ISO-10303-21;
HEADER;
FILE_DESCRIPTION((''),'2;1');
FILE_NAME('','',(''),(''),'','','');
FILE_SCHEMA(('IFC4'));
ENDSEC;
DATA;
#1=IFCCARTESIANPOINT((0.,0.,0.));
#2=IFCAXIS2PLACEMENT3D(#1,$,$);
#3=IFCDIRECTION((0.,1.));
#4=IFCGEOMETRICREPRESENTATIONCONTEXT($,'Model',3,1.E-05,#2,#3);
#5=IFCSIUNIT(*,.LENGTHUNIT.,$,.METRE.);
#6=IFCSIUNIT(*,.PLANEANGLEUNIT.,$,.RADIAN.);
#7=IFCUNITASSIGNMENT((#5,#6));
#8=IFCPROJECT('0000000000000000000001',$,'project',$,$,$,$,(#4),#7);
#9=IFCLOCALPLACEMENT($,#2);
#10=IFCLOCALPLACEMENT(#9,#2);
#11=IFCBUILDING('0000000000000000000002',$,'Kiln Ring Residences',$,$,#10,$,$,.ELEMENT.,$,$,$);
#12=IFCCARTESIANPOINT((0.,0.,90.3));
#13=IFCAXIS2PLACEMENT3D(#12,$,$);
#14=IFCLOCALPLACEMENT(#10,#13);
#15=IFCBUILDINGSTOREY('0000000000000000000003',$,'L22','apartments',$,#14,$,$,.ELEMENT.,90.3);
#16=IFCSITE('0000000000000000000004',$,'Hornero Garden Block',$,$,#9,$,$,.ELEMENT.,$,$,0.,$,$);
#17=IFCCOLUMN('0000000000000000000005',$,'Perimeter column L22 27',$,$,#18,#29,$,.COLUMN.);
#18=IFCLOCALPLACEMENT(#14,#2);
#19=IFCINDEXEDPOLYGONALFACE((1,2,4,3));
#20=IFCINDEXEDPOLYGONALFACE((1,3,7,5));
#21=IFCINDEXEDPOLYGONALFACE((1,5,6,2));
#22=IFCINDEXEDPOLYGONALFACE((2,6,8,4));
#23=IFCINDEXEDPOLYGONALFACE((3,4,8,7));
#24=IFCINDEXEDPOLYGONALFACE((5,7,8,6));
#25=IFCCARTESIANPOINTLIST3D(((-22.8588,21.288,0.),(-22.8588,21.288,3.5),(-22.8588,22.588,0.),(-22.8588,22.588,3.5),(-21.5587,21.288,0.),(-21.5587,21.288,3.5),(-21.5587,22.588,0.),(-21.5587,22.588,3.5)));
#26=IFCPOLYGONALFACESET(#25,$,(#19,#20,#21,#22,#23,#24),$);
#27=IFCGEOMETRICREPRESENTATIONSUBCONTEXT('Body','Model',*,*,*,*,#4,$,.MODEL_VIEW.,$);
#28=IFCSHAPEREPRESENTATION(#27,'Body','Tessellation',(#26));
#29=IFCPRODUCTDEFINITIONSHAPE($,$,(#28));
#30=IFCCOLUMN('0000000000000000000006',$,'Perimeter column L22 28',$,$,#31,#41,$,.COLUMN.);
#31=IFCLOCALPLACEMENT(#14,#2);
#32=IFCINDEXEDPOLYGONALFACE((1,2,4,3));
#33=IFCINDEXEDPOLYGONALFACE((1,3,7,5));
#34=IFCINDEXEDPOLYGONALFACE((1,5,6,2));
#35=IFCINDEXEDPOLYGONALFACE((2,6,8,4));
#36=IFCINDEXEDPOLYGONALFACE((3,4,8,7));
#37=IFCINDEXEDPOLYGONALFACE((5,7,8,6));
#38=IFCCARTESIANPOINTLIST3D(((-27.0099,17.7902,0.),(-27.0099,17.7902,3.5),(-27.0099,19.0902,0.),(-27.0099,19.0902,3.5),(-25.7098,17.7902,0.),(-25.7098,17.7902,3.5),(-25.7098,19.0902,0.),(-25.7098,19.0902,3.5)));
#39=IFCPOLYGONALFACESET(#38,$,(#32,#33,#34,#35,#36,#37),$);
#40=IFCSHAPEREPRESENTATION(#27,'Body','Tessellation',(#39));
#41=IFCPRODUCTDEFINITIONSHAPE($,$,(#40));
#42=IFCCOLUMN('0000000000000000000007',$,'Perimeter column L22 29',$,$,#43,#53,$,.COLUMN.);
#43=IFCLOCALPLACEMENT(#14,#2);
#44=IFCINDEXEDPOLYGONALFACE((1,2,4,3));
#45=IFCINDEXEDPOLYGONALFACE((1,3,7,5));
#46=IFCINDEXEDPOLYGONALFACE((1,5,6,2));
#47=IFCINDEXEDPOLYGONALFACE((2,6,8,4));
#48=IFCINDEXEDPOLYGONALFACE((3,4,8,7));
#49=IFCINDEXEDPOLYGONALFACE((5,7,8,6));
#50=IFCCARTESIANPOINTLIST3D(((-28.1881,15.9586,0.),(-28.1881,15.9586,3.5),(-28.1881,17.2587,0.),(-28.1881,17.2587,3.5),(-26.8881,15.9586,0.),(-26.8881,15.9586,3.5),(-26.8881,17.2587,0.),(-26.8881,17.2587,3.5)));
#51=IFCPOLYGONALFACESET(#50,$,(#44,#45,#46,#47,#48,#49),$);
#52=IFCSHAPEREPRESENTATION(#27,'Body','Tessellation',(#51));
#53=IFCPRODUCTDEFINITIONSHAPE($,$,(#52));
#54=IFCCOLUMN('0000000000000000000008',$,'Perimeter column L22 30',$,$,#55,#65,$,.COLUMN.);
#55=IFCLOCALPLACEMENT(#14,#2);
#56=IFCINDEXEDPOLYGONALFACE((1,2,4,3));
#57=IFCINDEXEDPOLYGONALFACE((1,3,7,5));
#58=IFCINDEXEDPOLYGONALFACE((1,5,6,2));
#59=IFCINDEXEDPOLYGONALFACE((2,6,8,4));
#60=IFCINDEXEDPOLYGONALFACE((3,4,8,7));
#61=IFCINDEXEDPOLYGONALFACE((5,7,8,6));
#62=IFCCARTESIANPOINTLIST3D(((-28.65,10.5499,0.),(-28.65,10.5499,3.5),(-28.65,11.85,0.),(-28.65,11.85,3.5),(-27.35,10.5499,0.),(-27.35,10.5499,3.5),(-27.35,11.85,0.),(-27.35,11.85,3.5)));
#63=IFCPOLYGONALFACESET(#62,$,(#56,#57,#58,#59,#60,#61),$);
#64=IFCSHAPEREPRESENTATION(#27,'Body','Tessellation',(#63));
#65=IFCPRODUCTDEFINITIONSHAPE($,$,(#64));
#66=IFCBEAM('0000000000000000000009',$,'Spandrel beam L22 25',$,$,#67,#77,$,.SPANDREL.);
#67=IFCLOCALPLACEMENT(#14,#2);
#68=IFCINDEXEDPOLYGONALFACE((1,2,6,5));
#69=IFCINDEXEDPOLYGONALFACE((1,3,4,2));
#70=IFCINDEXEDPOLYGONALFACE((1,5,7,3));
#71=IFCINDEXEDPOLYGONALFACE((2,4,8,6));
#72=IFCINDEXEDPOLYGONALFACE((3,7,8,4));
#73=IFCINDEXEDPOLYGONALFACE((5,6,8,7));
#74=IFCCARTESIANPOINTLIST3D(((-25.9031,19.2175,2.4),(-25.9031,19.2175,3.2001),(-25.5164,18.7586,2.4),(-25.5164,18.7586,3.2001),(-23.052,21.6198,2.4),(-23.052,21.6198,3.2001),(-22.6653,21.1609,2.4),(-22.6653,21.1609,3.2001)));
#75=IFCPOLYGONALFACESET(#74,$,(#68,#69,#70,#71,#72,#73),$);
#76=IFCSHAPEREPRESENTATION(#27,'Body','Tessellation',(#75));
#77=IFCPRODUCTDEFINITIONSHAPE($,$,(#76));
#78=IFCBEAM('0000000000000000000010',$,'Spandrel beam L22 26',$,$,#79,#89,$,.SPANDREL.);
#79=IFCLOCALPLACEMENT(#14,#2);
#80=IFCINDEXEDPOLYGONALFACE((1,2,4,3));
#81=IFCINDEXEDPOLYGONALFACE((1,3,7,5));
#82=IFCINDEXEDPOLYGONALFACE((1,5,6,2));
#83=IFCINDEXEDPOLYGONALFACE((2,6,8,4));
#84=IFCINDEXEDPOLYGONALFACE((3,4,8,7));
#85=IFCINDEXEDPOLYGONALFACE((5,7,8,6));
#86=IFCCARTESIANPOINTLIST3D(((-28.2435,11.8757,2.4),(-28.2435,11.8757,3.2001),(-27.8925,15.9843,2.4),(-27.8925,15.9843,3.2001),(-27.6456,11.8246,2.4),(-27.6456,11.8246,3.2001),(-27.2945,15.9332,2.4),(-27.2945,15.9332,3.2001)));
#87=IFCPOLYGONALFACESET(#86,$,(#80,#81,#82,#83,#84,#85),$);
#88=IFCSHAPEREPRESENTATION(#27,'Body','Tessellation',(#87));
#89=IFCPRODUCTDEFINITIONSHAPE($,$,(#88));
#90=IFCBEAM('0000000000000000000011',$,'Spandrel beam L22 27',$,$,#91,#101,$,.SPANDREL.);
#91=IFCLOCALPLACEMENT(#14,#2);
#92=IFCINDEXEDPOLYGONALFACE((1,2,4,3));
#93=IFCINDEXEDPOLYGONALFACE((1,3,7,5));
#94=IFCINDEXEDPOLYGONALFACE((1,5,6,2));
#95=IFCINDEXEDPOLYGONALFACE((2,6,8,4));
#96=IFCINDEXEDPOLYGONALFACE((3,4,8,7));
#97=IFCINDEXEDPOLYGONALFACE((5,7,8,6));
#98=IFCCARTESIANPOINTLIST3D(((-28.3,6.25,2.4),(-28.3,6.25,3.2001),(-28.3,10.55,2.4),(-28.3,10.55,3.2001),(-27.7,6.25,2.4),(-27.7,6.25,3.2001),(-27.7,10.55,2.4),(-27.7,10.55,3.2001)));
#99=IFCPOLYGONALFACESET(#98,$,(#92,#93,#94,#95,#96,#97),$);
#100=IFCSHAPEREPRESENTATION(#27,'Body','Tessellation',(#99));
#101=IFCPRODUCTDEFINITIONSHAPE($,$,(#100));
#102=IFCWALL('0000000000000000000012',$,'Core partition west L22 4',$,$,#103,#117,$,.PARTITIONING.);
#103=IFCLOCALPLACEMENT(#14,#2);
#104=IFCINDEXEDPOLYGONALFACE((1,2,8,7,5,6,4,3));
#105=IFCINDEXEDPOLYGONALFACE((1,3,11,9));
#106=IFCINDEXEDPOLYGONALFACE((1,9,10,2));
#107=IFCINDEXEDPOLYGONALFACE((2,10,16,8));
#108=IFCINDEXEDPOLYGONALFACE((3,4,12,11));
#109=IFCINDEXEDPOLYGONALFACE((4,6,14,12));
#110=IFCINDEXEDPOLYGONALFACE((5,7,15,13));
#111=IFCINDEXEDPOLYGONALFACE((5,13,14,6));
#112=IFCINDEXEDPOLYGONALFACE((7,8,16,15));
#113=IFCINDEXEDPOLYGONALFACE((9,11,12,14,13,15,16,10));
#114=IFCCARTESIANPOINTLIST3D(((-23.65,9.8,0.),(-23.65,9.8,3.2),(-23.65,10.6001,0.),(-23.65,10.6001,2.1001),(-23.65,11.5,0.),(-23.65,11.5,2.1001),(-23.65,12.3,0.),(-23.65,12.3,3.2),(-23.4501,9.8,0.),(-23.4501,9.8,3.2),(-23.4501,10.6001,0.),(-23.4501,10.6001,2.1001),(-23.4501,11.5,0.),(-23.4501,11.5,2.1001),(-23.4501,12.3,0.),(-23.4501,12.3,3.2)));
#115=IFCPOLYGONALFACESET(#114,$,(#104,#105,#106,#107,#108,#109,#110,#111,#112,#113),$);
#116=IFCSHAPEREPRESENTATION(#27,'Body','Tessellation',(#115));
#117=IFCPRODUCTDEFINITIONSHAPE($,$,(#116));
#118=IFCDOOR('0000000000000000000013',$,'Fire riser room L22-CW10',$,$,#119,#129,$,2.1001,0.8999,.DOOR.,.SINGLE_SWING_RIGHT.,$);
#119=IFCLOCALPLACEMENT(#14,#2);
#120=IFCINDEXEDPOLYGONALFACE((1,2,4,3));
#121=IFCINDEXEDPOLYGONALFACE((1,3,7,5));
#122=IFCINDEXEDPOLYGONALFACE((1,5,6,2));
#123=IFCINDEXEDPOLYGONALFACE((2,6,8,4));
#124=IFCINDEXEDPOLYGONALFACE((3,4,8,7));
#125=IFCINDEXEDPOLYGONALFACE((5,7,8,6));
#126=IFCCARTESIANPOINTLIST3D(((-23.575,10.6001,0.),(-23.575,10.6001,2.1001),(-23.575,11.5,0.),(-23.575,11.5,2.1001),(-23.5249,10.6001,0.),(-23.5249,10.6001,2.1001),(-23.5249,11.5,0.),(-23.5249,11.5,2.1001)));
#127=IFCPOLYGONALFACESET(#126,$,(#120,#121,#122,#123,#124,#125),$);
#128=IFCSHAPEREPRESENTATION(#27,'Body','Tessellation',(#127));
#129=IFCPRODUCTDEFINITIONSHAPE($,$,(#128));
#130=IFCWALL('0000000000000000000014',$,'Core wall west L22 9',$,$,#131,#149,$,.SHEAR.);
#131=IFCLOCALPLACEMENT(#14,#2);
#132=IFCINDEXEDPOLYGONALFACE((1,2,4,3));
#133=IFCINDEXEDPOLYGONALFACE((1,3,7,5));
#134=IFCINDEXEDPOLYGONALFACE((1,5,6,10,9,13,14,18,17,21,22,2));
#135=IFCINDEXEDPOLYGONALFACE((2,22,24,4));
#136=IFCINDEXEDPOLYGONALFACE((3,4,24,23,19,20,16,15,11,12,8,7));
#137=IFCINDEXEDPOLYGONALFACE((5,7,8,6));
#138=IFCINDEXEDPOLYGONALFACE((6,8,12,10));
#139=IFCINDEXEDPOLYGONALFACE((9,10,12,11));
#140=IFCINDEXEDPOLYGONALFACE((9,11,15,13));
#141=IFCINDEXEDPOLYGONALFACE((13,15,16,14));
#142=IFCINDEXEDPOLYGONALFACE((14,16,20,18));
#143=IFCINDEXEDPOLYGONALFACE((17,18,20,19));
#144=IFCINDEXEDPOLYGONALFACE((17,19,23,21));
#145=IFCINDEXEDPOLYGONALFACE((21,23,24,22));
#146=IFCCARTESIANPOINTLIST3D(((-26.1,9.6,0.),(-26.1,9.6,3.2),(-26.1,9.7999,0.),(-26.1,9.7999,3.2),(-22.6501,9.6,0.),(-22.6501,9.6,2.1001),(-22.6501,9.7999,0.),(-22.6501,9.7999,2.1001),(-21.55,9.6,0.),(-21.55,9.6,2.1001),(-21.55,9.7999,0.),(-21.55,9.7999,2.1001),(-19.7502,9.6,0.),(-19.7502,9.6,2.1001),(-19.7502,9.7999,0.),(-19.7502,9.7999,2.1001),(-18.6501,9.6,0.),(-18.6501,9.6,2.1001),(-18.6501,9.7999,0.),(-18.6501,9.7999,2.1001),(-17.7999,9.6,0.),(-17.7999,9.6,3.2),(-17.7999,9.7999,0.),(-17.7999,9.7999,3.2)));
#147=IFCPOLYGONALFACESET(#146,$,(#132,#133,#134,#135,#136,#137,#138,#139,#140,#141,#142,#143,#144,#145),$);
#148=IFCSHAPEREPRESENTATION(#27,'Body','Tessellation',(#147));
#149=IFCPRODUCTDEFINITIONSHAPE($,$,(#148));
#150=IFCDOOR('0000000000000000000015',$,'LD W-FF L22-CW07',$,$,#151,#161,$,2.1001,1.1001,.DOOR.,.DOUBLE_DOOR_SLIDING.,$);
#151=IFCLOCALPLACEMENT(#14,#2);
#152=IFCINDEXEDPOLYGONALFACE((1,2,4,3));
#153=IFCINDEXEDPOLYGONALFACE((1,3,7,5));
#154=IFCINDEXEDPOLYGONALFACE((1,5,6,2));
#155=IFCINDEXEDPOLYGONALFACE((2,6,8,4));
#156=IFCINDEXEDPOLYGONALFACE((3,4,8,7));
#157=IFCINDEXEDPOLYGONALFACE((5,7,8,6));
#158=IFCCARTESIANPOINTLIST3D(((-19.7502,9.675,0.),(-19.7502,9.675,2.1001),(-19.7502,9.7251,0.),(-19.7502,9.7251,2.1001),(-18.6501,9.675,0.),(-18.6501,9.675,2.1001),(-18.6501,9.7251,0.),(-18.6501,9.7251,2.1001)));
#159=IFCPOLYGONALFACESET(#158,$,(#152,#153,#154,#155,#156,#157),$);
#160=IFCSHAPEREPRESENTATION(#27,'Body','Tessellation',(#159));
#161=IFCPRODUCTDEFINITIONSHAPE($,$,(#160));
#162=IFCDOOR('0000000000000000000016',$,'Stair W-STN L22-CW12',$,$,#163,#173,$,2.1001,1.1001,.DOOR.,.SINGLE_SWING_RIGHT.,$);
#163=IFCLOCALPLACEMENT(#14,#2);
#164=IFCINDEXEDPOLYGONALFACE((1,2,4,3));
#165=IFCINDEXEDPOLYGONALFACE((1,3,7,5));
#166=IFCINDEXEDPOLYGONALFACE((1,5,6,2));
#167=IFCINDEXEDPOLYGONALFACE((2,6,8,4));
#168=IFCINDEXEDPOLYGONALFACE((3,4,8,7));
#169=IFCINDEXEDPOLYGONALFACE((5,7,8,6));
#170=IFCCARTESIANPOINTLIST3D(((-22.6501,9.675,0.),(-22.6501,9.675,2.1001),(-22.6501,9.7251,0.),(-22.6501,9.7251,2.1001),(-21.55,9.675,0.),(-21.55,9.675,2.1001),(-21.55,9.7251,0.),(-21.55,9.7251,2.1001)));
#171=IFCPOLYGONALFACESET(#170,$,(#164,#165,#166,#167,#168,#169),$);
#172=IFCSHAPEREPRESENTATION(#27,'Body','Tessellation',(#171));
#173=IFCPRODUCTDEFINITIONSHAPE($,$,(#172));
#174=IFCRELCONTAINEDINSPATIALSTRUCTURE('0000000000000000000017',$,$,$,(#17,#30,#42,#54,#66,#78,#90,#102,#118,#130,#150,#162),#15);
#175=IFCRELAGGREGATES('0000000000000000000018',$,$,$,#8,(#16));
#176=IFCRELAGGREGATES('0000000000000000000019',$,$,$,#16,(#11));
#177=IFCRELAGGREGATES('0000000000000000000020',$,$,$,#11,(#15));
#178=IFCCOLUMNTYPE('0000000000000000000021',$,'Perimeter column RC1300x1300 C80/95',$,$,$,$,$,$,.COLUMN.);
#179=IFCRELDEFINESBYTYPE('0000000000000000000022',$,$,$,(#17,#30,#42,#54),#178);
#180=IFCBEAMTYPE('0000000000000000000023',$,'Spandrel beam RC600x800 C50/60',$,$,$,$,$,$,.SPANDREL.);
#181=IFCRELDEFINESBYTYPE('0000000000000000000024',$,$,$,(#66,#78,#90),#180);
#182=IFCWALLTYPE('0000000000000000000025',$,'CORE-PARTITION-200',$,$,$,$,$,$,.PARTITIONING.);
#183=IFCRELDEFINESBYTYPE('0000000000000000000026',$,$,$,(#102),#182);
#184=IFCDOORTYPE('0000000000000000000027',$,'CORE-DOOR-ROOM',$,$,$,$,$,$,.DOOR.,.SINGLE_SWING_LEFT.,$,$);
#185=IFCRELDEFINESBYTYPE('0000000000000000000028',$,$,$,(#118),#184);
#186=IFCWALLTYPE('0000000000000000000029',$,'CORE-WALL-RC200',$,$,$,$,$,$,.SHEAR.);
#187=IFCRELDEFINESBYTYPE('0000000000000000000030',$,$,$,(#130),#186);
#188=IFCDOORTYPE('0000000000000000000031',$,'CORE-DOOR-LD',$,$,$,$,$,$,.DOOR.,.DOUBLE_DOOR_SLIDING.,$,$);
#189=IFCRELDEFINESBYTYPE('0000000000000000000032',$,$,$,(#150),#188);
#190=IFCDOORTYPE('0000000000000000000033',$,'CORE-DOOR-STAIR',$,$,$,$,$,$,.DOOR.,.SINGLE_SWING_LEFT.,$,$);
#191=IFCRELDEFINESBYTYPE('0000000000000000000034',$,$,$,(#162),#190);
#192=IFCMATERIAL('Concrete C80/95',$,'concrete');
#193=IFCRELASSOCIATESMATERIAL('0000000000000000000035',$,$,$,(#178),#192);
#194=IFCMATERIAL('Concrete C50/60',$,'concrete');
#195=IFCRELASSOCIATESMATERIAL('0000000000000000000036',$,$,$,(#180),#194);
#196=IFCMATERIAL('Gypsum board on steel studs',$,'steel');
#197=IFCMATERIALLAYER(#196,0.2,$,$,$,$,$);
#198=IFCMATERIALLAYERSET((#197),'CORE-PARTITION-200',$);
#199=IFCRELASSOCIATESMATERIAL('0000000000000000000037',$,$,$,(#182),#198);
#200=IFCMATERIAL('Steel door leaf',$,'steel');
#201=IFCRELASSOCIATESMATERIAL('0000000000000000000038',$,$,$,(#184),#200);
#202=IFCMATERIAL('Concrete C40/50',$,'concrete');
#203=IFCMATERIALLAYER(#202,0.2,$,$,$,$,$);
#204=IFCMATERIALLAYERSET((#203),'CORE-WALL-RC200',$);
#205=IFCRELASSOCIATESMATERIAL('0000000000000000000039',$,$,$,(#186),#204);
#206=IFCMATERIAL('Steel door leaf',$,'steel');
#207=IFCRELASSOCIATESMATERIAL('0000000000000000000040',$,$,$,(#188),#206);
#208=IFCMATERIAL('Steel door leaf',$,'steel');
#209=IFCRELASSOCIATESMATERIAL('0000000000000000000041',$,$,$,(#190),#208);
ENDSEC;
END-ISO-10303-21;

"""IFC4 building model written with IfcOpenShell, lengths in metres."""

from ifc_helpers import new_model, si_unit, direction, frame, frame_2d, origin, origin_2d, place, context, subcontext, project, spatial, rectangle, extrude, material, layer, layer_set, material_profile, profile_set, type_object, element, fill, save


model = new_model("IFC4")

# Units and contexts
model_context = context("Model", 3, precision=1e-05, world=origin(), true_north=direction((0.0, 1.0)))
body_context = subcontext(model_context, "Body", "Model", "MODEL_VIEW")
ifc_project = project(units=[si_unit("LENGTHUNIT", "METRE"), si_unit("PLANEANGLEUNIT", "RADIAN")], contexts=[model_context])

# Site, building, storey
site_placement = place(None, origin())
site = spatial("IfcSite", under=ifc_project, at=site_placement, Name="Hornero Garden Block", CompositionType="ELEMENT", RefElevation=0.0)
building_placement = place(site_placement, origin())
building = spatial("IfcBuilding", under=site, at=building_placement, Name="Kiln Ring Residences", CompositionType="ELEMENT")
storey_placement = place(building_placement, frame((0.0, 0.0, 90.3)))
storey = spatial("IfcBuildingStorey", under=building, at=storey_placement, Name="L22", Description="apartments", CompositionType="ELEMENT", Elevation=90.3)

# Columns
ifc_material_1 = material(Name="Concrete C80/95", Category="concrete")
ifc_material_profile_1 = material_profile(ifc_material_1, rectangle(XDim=1.3, YDim=1.3, at=origin_2d()), Name="RC1300x1300")
ifc_profile_set_1 = profile_set([ifc_material_profile_1], Name="Concrete C80/95")
column_type = type_object("IfcColumnType", Name="Perimeter column RC1300x1300 C80/95", PredefinedType="COLUMN", material=ifc_profile_set_1)
for number, where, z_axis, x_axis, name in (
    (1, (-22.2087, 21.938, 0.0), (0.0, 0.0, 1.0), (1.0, 0.0, 0.0), "Perimeter column L22 27"),
    (2, (-26.3599, 18.4402, 0.0), (0.0, 0.0, 1.0), (1.0, 0.0, 0.0), "Perimeter column L22 28"),
    (3, (-27.5381, 16.6086, 0.0), (0.0, 0.0, 1.0), (1.0, 0.0, 0.0), "Perimeter column L22 29"),
    (4, (-28.0, 11.2, 0.0), (0.0, 0.0, 1.0), (1.0, 0.0, 0.0), "Perimeter column L22 30"),
):
    element("IfcColumn", number, at=place(storey_placement, frame(where, z_axis=z_axis, x_axis=x_axis)), inside=storey, type_object=column_type, Name=name, PredefinedType="COLUMN", context=body_context, shape_type="SweptSolid", body=[
        extrude(rectangle(XDim=1.3, YDim=1.3, at=origin_2d()), origin(), (0.0, 0.0, 1.0), 3.5),
    ])

# Beams
ifc_material_2 = material(Name="Concrete C50/60", Category="concrete")
ifc_material_profile_2 = material_profile(ifc_material_2, rectangle(XDim=0.6001, YDim=0.8, at=origin_2d()), Name="RC600x800")
ifc_profile_set_2 = profile_set([ifc_material_profile_2], Name="Concrete C50/60")
beam_type = type_object("IfcBeamType", Name="Spandrel beam RC600x800 C50/60", PredefinedType="SPANDREL", material=ifc_profile_set_2)
beam_1_placement = place(storey_placement, frame((-22.8586, 21.3904, 2.8), z_axis=(-0.764721, -0.644362, 0.0), x_axis=(0.644362, -0.764721, 0.0)))
element("IfcBeam", 5, at=beam_1_placement, inside=storey, type_object=beam_type, Name="Spandrel beam L22 25", PredefinedType="SPANDREL", context=body_context, shape_type="SweptSolid", body=[
    extrude(rectangle(XDim=0.6001, YDim=0.8, at=origin_2d()), origin(), (0.0, 0.0, 1.0), 3.7283),
])
beam_2_placement = place(storey_placement, frame((-27.5935, 15.9587, 2.8), z_axis=(-0.085137, -0.996369, 0.0), x_axis=(0.996369, -0.085137, 0.0)))
element("IfcBeam", 6, at=beam_2_placement, inside=storey, type_object=beam_type, Name="Spandrel beam L22 26", PredefinedType="SPANDREL", context=body_context, shape_type="SweptSolid", body=[
    extrude(rectangle(XDim=0.6001, YDim=0.8, at=origin_2d()), origin(), (0.0, 0.0, 1.0), 4.1235),
])
beam_3_placement = place(storey_placement, frame((-28.0, 10.55, 2.8), z_axis=(0.0, -1.0, 0.0), x_axis=(1.0, 0.0, 0.0)))
element("IfcBeam", 7, at=beam_3_placement, inside=storey, type_object=beam_type, Name="Spandrel beam L22 27", PredefinedType="SPANDREL", context=body_context, shape_type="SweptSolid", body=[
    extrude(rectangle(XDim=0.6001, YDim=0.8, at=origin_2d()), origin(), (0.0, 0.0, 1.0), 4.3),
])

# Wall, opening, door
ifc_material_3 = material(Name="Gypsum board on steel studs", Category="steel")
ifc_layer_1 = layer(ifc_material_3, 0.2)
ifc_layer_set_1 = layer_set([ifc_layer_1], Name="CORE-PARTITION-200")
wall_type_1 = type_object("IfcWallType", Name="CORE-PARTITION-200", PredefinedType="PARTITIONING", material=ifc_layer_set_1)
wall_1_placement = place(storey_placement, frame((-23.55, 9.8, 0.0), z_axis=(0.0, 0.0, 1.0), x_axis=(0.0, 1.0, 0.0)))
wall_1 = element("IfcWall", 8, at=wall_1_placement, inside=storey, type_object=wall_type_1, Name="Core partition west L22 4", PredefinedType="PARTITIONING", context=body_context, shape_type="SweptSolid", body=[
    extrude(rectangle(XDim=2.5, YDim=0.2, at=frame_2d((1.25, 0.0))), origin(), (0.0, 0.0, 1.0), 3.2),
])
opening_1_placement = place(wall_1_placement, frame((0.8, 0.0, 0.0)))
opening_1 = element("IfcOpeningElement", 9, at=opening_1_placement, cuts=wall_1, PredefinedType="OPENING", context=body_context, shape_type="SweptSolid", body=[
    extrude(rectangle(XDim=0.8999, YDim=2.1001, at=frame_2d((0.45, 1.05))), frame((0.0, 0.1099, 0.0), z_axis=(0.0, -1.0, 0.0), x_axis=(1.0, 0.0, 0.0)), (0.0, 0.0, 1.0), 0.22),
])
ifc_material_4 = material(Name="Steel door leaf", Category="steel")
door_type_1 = type_object("IfcDoorType", Name="CORE-DOOR-ROOM", OperationType="SINGLE_SWING_LEFT", PredefinedType="DOOR", material=ifc_material_4)
door_1_placement = place(opening_1_placement, origin())
door_1 = element("IfcDoor", 10, at=door_1_placement, inside=storey, type_object=door_type_1, Name="Fire riser room L22-CW10", OperationType="SINGLE_SWING_RIGHT", OverallHeight=2.1001, OverallWidth=0.8999, PredefinedType="DOOR", context=body_context, shape_type="SweptSolid", body=[
    extrude(rectangle(XDim=0.8999, YDim=2.1001, at=frame_2d((0.45, 1.05))), frame((0.0, 0.0249, 0.0), z_axis=(0.0, -1.0, 0.0), x_axis=(1.0, 0.0, 0.0)), (0.0, 0.0, 1.0), 0.05),
])
fill(opening_1, door_1)

# Wall, openings, doors
ifc_material_5 = material(Name="Concrete C40/50", Category="concrete")
ifc_layer_2 = layer(ifc_material_5, 0.2)
ifc_layer_set_2 = layer_set([ifc_layer_2], Name="CORE-WALL-RC200")
wall_type_2 = type_object("IfcWallType", Name="CORE-WALL-RC200", PredefinedType="SHEAR", material=ifc_layer_set_2)
wall_2_placement = place(storey_placement, frame((-17.8, 9.7, 0.0), z_axis=(0.0, 0.0, 1.0), x_axis=(-1.0, 0.0, 0.0)))
wall_2 = element("IfcWall", 11, at=wall_2_placement, inside=storey, type_object=wall_type_2, Name="Core wall west L22 9", PredefinedType="SHEAR", context=body_context, shape_type="SweptSolid", body=[
    extrude(rectangle(XDim=8.3, YDim=0.2, at=frame_2d((4.1499, 0.0))), origin(), (0.0, 0.0, 1.0), 3.2),
])
opening_2_placement = place(wall_2_placement, frame((0.8501, 0.0, 0.0)))
opening_2 = element("IfcOpeningElement", 12, at=opening_2_placement, cuts=wall_2, PredefinedType="OPENING", context=body_context, shape_type="SweptSolid", body=[
    extrude(rectangle(XDim=1.1001, YDim=2.1001, at=frame_2d((0.55, 1.05))), frame((0.0, 0.1099, 0.0), z_axis=(0.0, -1.0, 0.0), x_axis=(1.0, 0.0, 0.0)), (0.0, 0.0, 1.0), 0.22),
])
opening_3_placement = place(wall_2_placement, frame((3.75, 0.0, 0.0)))
opening_3 = element("IfcOpeningElement", 13, at=opening_3_placement, cuts=wall_2, PredefinedType="OPENING", context=body_context, shape_type="SweptSolid", body=[
    extrude(rectangle(XDim=1.1001, YDim=2.1001, at=frame_2d((0.55, 1.05))), frame((0.0, 0.1099, 0.0), z_axis=(0.0, -1.0, 0.0), x_axis=(1.0, 0.0, 0.0)), (0.0, 0.0, 1.0), 0.22),
])
ifc_material_6 = material(Name="Steel door leaf", Category="steel")
door_type_2 = type_object("IfcDoorType", Name="CORE-DOOR-LD", OperationType="DOUBLE_DOOR_SLIDING", PredefinedType="DOOR", material=ifc_material_6)
door_2_placement = place(opening_2_placement, origin())
door_2 = element("IfcDoor", 14, at=door_2_placement, inside=storey, type_object=door_type_2, Name="LD W-FF L22-CW07", OperationType="DOUBLE_DOOR_SLIDING", OverallHeight=2.1001, OverallWidth=1.1001, PredefinedType="DOOR", context=body_context, shape_type="SweptSolid", body=[
    extrude(rectangle(XDim=1.1001, YDim=2.1001, at=frame_2d((0.55, 1.05))), frame((0.0, 0.0249, 0.0), z_axis=(0.0, -1.0, 0.0), x_axis=(1.0, 0.0, 0.0)), (0.0, 0.0, 1.0), 0.05),
])
fill(opening_2, door_2)
ifc_material_7 = material(Name="Steel door leaf", Category="steel")
door_type_3 = type_object("IfcDoorType", Name="CORE-DOOR-STAIR", OperationType="SINGLE_SWING_LEFT", PredefinedType="DOOR", material=ifc_material_7)
door_3_placement = place(opening_3_placement, origin())
door_3 = element("IfcDoor", 15, at=door_3_placement, inside=storey, type_object=door_type_3, Name="Stair W-STN L22-CW12", OperationType="SINGLE_SWING_RIGHT", OverallHeight=2.1001, OverallWidth=1.1001, PredefinedType="DOOR", context=body_context, shape_type="SweptSolid", body=[
    extrude(rectangle(XDim=1.1001, YDim=2.1001, at=frame_2d((0.55, 1.05))), frame((0.0, 0.0249, 0.0), z_axis=(0.0, -1.0, 0.0), x_axis=(1.0, 0.0, 0.0)), (0.0, 0.0, 1.0), 0.05),
])
fill(opening_3, door_3)

save(model, "model.ifc")
